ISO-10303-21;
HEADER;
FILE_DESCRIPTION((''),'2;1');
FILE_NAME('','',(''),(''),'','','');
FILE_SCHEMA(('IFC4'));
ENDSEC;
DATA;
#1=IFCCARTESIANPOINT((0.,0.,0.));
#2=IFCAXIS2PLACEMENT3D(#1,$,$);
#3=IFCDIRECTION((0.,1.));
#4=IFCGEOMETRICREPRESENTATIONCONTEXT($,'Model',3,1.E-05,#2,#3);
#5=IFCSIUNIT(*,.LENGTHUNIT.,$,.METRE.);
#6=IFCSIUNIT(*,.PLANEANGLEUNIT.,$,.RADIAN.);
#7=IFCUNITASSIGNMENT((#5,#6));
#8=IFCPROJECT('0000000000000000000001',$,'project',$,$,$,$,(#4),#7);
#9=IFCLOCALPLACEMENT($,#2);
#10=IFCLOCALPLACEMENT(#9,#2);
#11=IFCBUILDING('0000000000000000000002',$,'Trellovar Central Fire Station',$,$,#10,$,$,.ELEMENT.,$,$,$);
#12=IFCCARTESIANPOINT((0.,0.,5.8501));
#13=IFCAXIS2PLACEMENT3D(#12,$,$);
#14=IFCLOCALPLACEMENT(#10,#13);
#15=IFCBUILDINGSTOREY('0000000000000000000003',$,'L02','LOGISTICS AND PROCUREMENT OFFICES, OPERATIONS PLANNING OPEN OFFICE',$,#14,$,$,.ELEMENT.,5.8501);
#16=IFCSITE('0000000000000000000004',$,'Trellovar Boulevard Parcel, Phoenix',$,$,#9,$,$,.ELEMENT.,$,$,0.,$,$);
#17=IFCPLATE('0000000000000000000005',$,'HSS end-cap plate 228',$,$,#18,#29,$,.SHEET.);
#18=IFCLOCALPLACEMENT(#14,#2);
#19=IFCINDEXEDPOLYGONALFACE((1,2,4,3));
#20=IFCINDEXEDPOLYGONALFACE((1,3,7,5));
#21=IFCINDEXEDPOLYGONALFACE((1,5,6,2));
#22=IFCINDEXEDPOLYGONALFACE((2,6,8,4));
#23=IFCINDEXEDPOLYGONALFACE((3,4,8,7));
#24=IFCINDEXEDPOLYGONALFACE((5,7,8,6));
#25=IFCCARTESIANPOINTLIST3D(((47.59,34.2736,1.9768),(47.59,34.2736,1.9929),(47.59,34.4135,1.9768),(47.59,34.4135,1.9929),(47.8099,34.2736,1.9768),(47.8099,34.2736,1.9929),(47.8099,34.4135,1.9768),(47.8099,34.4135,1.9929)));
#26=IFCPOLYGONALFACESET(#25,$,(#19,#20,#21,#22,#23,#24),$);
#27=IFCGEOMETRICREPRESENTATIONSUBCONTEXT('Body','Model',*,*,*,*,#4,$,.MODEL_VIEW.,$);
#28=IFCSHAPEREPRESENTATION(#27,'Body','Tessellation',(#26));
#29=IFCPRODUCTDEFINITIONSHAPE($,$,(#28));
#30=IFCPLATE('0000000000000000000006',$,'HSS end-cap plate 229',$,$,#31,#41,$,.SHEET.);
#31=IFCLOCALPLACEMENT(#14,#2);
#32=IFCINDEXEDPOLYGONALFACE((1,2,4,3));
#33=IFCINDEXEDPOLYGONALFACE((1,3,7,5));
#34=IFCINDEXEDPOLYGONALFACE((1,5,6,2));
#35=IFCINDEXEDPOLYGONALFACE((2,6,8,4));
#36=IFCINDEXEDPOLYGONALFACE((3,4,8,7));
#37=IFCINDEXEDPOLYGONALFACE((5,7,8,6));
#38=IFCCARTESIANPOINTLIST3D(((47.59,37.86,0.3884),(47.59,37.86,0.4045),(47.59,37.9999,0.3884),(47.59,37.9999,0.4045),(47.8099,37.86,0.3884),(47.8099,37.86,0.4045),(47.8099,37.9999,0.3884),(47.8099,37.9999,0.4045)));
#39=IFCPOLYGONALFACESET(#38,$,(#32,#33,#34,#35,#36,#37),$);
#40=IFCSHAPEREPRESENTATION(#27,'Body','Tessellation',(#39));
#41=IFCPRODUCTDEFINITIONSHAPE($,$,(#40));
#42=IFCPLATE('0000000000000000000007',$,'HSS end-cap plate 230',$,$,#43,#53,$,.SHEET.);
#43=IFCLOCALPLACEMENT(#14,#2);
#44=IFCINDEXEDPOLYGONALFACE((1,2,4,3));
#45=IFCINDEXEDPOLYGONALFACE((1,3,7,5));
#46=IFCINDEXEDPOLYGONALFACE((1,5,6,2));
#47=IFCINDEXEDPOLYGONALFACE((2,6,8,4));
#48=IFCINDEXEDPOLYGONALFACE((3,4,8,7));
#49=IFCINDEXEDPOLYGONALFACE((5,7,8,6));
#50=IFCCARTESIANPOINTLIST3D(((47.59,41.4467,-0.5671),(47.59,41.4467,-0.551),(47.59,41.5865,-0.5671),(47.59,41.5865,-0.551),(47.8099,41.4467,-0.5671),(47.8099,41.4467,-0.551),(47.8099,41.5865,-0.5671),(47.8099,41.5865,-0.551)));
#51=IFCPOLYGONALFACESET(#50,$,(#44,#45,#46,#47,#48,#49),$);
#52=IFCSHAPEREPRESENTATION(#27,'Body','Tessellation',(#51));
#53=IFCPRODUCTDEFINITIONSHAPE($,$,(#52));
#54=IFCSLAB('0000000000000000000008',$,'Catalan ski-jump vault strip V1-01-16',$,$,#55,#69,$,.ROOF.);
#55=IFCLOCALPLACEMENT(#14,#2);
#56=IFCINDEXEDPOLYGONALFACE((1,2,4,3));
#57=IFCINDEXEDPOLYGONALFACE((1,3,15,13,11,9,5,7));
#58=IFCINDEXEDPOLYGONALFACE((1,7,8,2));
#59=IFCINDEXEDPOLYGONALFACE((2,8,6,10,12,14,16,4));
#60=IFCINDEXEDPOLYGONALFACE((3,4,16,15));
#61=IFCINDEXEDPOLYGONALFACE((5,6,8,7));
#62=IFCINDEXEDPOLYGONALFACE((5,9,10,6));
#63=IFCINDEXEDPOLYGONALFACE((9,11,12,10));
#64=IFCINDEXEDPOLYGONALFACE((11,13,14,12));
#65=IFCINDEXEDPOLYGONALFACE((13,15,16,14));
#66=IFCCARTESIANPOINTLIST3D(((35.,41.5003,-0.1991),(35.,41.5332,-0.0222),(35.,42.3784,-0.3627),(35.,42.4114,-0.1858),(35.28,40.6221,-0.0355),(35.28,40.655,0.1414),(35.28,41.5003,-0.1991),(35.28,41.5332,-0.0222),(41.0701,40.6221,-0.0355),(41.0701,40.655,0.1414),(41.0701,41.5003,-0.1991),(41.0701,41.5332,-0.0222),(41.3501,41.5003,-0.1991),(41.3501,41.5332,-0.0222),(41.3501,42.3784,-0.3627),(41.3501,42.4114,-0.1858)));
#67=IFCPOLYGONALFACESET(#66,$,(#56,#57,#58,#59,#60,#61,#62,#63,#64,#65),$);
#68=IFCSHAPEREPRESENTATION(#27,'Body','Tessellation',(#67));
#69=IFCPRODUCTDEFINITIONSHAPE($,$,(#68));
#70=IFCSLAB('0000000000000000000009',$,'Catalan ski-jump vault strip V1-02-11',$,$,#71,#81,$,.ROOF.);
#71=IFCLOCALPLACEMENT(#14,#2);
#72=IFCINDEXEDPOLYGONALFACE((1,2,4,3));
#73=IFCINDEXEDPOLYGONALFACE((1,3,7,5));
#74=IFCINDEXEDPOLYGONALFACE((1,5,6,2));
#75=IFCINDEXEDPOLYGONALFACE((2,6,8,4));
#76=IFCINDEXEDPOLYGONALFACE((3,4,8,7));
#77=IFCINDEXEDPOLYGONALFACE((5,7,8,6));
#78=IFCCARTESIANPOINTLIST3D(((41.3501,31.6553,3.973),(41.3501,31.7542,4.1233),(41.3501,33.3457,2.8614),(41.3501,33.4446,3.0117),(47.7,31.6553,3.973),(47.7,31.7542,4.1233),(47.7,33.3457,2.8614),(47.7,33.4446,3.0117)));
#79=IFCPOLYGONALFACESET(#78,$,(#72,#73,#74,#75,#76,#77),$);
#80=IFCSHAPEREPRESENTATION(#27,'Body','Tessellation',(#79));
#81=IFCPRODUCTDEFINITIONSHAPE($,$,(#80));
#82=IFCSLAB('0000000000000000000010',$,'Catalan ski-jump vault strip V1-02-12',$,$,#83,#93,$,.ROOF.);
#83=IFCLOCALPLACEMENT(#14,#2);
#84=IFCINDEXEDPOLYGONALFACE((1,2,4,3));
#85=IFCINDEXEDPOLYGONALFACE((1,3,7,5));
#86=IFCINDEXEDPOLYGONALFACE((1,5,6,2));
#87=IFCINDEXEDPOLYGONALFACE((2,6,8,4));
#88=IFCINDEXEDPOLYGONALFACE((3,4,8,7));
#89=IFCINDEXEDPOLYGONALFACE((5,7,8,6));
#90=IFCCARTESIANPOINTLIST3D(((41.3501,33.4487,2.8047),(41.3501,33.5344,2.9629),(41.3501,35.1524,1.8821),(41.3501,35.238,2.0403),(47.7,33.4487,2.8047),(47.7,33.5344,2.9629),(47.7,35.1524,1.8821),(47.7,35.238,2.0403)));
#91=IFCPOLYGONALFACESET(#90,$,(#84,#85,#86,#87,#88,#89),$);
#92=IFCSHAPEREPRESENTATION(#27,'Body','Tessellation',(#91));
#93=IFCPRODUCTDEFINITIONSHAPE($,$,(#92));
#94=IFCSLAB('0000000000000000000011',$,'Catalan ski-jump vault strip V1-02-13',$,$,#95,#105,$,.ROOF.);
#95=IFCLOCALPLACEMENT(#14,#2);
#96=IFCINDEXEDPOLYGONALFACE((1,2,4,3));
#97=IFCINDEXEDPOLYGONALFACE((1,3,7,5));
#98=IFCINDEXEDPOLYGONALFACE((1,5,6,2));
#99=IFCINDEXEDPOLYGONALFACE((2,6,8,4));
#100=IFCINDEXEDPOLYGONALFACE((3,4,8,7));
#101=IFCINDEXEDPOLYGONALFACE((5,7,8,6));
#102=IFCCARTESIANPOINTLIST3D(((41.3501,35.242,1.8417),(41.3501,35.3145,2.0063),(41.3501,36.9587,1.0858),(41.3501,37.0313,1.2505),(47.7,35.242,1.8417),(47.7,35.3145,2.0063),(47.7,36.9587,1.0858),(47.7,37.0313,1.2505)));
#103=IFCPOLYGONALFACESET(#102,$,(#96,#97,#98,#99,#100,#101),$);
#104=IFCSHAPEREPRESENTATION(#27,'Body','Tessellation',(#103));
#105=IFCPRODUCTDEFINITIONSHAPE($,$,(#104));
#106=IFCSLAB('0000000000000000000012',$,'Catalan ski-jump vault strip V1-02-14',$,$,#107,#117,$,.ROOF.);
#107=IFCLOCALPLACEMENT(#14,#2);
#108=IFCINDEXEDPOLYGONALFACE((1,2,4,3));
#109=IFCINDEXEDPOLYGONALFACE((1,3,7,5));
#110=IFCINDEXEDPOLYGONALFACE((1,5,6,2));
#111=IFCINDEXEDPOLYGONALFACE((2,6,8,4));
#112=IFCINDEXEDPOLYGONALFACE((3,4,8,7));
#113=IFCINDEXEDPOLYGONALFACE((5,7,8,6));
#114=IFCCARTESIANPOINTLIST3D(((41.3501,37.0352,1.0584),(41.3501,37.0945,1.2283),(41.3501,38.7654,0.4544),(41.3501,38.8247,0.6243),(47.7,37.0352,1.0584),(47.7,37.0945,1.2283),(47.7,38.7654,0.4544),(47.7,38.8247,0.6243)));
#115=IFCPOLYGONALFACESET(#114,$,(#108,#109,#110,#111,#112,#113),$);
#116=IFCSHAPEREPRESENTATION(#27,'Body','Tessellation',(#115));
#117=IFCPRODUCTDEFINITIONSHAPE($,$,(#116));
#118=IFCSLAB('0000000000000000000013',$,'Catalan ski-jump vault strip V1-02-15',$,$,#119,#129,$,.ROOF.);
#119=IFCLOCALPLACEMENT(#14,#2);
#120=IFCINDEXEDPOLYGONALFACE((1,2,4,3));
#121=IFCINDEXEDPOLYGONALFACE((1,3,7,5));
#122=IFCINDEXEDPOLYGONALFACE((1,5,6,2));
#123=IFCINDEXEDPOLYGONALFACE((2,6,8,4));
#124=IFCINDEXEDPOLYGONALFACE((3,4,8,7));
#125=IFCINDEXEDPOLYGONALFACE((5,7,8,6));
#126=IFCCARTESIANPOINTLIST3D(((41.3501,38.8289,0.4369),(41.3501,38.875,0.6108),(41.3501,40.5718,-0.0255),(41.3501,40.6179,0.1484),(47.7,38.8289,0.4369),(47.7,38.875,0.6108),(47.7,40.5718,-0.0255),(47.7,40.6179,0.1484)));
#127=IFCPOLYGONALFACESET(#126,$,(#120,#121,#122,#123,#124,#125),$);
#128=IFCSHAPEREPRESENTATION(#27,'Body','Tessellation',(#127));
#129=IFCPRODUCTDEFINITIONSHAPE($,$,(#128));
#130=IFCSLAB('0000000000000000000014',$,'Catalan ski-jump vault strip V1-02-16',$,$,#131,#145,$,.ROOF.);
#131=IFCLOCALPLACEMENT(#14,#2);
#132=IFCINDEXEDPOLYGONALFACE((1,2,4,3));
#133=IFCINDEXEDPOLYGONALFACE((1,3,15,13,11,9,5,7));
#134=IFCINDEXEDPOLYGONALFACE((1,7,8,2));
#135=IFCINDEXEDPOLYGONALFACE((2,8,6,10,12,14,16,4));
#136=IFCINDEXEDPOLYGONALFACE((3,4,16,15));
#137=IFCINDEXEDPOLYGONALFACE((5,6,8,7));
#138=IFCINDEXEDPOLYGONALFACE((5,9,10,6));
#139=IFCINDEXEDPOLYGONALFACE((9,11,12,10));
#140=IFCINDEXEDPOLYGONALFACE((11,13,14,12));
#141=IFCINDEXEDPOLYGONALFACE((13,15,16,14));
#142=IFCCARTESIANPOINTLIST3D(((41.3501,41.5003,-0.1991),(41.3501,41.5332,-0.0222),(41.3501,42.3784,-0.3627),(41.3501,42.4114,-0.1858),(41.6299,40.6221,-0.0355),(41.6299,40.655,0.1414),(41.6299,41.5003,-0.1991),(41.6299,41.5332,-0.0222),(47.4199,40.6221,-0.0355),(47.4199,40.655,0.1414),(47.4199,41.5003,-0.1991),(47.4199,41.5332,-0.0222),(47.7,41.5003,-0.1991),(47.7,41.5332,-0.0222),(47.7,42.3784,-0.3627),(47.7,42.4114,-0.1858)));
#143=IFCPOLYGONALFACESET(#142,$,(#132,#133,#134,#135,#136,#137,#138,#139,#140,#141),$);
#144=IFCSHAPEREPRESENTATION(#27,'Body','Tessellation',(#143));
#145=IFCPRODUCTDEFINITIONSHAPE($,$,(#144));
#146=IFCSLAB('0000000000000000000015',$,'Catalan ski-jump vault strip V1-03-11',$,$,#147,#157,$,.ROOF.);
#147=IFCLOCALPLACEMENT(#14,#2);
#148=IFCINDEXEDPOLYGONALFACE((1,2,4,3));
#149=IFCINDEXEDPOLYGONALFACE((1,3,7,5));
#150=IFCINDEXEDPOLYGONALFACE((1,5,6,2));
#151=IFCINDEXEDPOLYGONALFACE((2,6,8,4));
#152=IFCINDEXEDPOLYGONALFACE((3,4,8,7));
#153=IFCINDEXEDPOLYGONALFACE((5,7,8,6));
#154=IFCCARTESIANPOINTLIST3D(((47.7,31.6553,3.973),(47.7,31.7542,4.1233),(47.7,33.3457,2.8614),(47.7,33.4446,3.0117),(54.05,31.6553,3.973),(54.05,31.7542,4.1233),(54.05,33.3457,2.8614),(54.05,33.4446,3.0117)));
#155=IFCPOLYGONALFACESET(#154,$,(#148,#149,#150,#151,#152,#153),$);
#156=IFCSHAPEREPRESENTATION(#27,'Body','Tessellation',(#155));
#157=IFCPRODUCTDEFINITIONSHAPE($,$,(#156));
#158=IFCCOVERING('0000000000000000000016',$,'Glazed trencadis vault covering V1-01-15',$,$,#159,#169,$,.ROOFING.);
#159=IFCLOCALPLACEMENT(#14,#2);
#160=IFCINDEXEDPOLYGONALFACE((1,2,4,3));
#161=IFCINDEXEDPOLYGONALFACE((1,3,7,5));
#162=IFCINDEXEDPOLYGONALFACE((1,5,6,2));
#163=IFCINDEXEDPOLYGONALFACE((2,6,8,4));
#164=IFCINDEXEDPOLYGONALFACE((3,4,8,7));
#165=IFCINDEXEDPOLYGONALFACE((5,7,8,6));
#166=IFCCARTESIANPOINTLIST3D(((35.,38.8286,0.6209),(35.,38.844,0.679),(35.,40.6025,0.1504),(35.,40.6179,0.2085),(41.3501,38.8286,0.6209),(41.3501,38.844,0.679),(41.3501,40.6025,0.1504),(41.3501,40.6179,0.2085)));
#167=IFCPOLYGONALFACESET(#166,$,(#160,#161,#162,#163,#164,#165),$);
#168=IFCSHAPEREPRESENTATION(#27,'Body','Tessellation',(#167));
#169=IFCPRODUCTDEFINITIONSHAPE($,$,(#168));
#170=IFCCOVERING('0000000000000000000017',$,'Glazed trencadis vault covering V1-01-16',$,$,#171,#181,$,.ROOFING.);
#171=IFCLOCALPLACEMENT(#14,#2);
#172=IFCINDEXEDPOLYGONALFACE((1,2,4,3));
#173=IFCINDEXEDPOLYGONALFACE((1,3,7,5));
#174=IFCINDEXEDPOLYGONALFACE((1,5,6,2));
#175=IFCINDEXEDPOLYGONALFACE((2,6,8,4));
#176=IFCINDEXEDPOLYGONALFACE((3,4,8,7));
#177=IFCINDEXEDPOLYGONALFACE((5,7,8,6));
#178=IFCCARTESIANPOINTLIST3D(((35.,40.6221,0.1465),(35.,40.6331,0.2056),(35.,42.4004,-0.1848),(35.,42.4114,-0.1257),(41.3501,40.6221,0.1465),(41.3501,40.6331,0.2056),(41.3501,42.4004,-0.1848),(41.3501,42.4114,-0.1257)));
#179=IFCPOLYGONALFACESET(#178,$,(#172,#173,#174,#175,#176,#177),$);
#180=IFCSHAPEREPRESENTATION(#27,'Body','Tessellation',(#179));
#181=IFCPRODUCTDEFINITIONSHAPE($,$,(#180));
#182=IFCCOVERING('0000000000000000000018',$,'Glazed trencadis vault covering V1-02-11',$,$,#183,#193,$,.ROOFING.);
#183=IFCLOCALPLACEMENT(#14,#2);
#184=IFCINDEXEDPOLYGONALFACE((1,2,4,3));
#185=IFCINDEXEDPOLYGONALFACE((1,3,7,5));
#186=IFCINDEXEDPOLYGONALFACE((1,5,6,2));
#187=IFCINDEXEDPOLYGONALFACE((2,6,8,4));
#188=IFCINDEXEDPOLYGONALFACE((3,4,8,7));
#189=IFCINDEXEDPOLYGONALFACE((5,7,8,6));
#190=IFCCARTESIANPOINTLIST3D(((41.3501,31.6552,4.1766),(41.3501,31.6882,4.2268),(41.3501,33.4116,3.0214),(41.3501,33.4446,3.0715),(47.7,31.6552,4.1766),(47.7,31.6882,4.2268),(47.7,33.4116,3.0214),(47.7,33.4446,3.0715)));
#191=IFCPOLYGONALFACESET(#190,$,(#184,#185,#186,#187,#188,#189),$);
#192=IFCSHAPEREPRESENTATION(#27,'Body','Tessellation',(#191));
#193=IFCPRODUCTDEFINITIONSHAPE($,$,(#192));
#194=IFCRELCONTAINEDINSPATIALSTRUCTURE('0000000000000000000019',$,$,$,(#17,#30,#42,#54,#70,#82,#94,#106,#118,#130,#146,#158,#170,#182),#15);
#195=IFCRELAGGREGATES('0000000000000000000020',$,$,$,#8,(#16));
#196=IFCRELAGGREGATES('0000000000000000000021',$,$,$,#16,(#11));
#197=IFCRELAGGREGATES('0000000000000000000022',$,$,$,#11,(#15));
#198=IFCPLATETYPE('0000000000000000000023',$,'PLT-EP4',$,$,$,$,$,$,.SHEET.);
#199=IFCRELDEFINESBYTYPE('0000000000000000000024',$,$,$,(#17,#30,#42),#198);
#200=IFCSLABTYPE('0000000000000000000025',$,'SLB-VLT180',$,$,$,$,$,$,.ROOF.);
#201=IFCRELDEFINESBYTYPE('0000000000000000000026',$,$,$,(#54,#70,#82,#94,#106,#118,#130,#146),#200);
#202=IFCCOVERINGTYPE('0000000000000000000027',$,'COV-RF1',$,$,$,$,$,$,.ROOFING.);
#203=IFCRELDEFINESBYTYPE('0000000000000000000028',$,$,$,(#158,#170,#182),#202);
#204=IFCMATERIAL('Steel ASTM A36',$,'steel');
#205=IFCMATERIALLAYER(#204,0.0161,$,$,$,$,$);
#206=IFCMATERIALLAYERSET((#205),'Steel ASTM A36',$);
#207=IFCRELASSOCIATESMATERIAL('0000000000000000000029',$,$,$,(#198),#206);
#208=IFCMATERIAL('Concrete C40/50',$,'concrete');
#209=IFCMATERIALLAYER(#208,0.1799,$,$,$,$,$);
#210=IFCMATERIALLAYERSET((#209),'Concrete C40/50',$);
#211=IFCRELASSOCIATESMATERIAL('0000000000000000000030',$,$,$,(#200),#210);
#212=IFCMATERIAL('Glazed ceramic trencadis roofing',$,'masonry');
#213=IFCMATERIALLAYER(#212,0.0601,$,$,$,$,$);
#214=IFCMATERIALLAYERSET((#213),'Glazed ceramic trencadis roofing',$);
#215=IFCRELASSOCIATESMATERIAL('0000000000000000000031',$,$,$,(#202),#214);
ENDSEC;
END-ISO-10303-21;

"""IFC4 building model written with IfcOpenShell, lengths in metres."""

from ifc_helpers import new_model, si_unit, direction, frame, origin, origin_2d, place, context, subcontext, project, spatial, polyline, rectangle, outline, extrude, material, layer, layer_set, type_object, element, save


model = new_model("IFC4")

# Units and contexts
model_context = context("Model", 3, precision=1e-05, world=origin(), true_north=direction((0.0, 1.0)))
body_context = subcontext(model_context, "Body", "Model", "MODEL_VIEW")
ifc_project = project(units=[si_unit("LENGTHUNIT", "METRE"), si_unit("PLANEANGLEUNIT", "RADIAN")], contexts=[model_context])

# Site, building, storey
site_placement = place(None, origin())
site = spatial("IfcSite", under=ifc_project, at=site_placement, Name="Trellovar Boulevard Parcel, Phoenix", CompositionType="ELEMENT", RefElevation=0.0)
building_placement = place(site_placement, origin())
building = spatial("IfcBuilding", under=site, at=building_placement, Name="Trellovar Central Fire Station", CompositionType="ELEMENT")
storey_placement = place(building_placement, frame((0.0, 0.0, 5.8501)))
storey = spatial("IfcBuildingStorey", under=building, at=storey_placement, Name="L02", Description="LOGISTICS AND PROCUREMENT OFFICES, OPERATIONS PLANNING OPEN OFFICE", CompositionType="ELEMENT", Elevation=5.8501)

# Plates
ifc_material_1 = material(Name="Steel ASTM A36", Category="steel")
ifc_layer_1 = layer(ifc_material_1, 0.0161)
ifc_layer_set_1 = layer_set([ifc_layer_1], Name="Steel ASTM A36")
plate_type_1 = type_object("IfcPlateType", Name="PLT-EP4", PredefinedType="SHEET", material=ifc_layer_set_1)
for number, where, z_axis, x_axis, name in (
    (1, (47.7, 34.3435, 1.9768), (0.0, 0.0, 1.0), (1.0, 0.0, 0.0), "HSS end-cap plate 228"),
    (2, (47.7, 37.9299, 0.3884), (0.0, 0.0, 1.0), (1.0, 0.0, 0.0), "HSS end-cap plate 229"),
    (3, (47.7, 41.5166, -0.5671), (0.0, 0.0, 1.0), (1.0, 0.0, 0.0), "HSS end-cap plate 230"),
):
    element("IfcPlate", number, at=place(storey_placement, frame(where, z_axis=z_axis, x_axis=x_axis)), inside=storey, type_object=plate_type_1, Name=name, PredefinedType="SHEET", context=body_context, shape_type="SweptSolid", body=[
        extrude(rectangle(XDim=0.22, YDim=0.1399, at=origin_2d()), origin(), (0.0, 0.0, 1.0), 0.0161),
    ])

# Slabs
ifc_material_2 = material(Name="Concrete C40/50", Category="concrete")
ifc_layer_2 = layer(ifc_material_2, 0.1799)
ifc_layer_set_2 = layer_set([ifc_layer_2], Name="Concrete C40/50")
slab_type = type_object("IfcSlabType", Name="SLB-VLT180", PredefinedType="ROOF", material=ifc_layer_set_2)
slab_1_placement = place(storey_placement, frame((35.28, 40.655, 0.1414), z_axis=(0.0, 0.183117, 0.983091), x_axis=(1.0, 0.0, 0.0)))
element("IfcSlab", 4, at=slab_1_placement, inside=storey, type_object=slab_type, Name="Catalan ski-jump vault strip V1-01-16", PredefinedType="ROOF", context=body_context, shape_type="SweptSolid", body=[
    extrude(outline(polyline([(0.0, 0.0), (5.79, 0.0), (5.79, 0.8933), (6.0701, 0.8933), (6.0701, 1.7866), (-0.28, 1.7866), (-0.28, 0.8933), (0.0, 0.8933), (0.0, 0.0)])), origin(), (0.0, 0.0, -1.0), 0.1799),
])
slab_2_placement = place(storey_placement, frame((41.3501, 31.7542, 4.1233), z_axis=(0.0, 0.549426, 0.835542), x_axis=(1.0, 0.0, 0.0)))
element("IfcSlab", 5, at=slab_2_placement, inside=storey, type_object=slab_type, Name="Catalan ski-jump vault strip V1-02-11", PredefinedType="ROOF", context=body_context, shape_type="SweptSolid", body=[
    extrude(outline(polyline([(0.0, 0.0), (6.3499, 0.0), (6.3499, 2.0232), (0.0, 2.0232), (0.0, 0.0)])), origin(), (0.0, 0.0, -1.0), 0.1799),
])
slab_3_placement = place(storey_placement, frame((41.3501, 33.5344, 2.9629), z_axis=(0.0, 0.47621, 0.879332), x_axis=(1.0, 0.0, 0.0)))
element("IfcSlab", 6, at=slab_3_placement, inside=storey, type_object=slab_type, Name="Catalan ski-jump vault strip V1-02-12", PredefinedType="ROOF", context=body_context, shape_type="SweptSolid", body=[
    extrude(outline(polyline([(0.0, 0.0), (6.3499, 0.0), (6.3499, 1.9374), (0.0, 1.9374), (0.0, 0.0)])), origin(), (0.0, 0.0, -1.0), 0.1799),
])
slab_4_placement = place(storey_placement, frame((41.3501, 35.3145, 2.0063), z_axis=(0.0, 0.402948, 0.915223), x_axis=(1.0, 0.0, 0.0)))
element("IfcSlab", 7, at=slab_4_placement, inside=storey, type_object=slab_type, Name="Catalan ski-jump vault strip V1-02-13", PredefinedType="ROOF", context=body_context, shape_type="SweptSolid", body=[
    extrude(outline(polyline([(0.0, 0.0), (6.3499, 0.0), (6.3499, 1.8758), (0.0, 1.8758), (0.0, 0.0)])), origin(), (0.0, 0.0, -1.0), 0.1799),
])
slab_5_placement = place(storey_placement, frame((41.3501, 37.0945, 1.2283), z_axis=(0.0, 0.329585, 0.944126), x_axis=(1.0, 0.0, 0.0)))
element("IfcSlab", 8, at=slab_5_placement, inside=storey, type_object=slab_type, Name="Catalan ski-jump vault strip V1-02-14", PredefinedType="ROOF", context=body_context, shape_type="SweptSolid", body=[
    extrude(outline(polyline([(0.0, 0.0), (6.3499, 0.0), (6.3499, 1.8326), (0.0, 1.8326), (0.0, 0.0)])), origin(), (0.0, 0.0, -1.0), 0.1799),
])
slab_6_placement = place(storey_placement, frame((41.3501, 38.875, 0.6108), z_axis=(0.0, 0.256432, 0.966562), x_axis=(1.0, 0.0, 0.0)))
element("IfcSlab", 9, at=slab_6_placement, inside=storey, type_object=slab_type, Name="Catalan ski-jump vault strip V1-02-15", PredefinedType="ROOF", context=body_context, shape_type="SweptSolid", body=[
    extrude(outline(polyline([(0.0, 0.0), (6.3499, 0.0), (6.3499, 1.8032), (0.0, 1.8032), (0.0, 0.0)])), origin(), (0.0, 0.0, -1.0), 0.1799),
])
slab_7_placement = place(storey_placement, frame((41.6299, 40.655, 0.1414), z_axis=(0.0, 0.183117, 0.983091), x_axis=(1.0, 0.0, 0.0)))
element("IfcSlab", 10, at=slab_7_placement, inside=storey, type_object=slab_type, Name="Catalan ski-jump vault strip V1-02-16", PredefinedType="ROOF", context=body_context, shape_type="SweptSolid", body=[
    extrude(outline(polyline([(0.0, 0.0), (5.79, 0.0), (5.79, 0.8933), (6.0701, 0.8933), (6.0701, 1.7866), (-0.2798, 1.7866), (-0.2798, 0.8933), (0.0, 0.8933), (0.0, 0.0)])), origin(), (0.0, 0.0, -1.0), 0.1799),
])
slab_8_placement = place(storey_placement, frame((47.7, 31.7542, 4.1233), z_axis=(0.0, 0.549426, 0.835542), x_axis=(1.0, 0.0, 0.0)))
element("IfcSlab", 11, at=slab_8_placement, inside=storey, type_object=slab_type, Name="Catalan ski-jump vault strip V1-03-11", PredefinedType="ROOF", context=body_context, shape_type="SweptSolid", body=[
    extrude(outline(polyline([(0.0, 0.0), (6.3501, 0.0), (6.3501, 2.0232), (0.0, 2.0232), (0.0, 0.0)])), origin(), (0.0, 0.0, -1.0), 0.1799),
])

# Coverings
ifc_material_3 = material(Name="Glazed ceramic trencadis roofing", Category="masonry")
ifc_layer_3 = layer(ifc_material_3, 0.0601)
ifc_layer_set_3 = layer_set([ifc_layer_3], Name="Glazed ceramic trencadis roofing")
covering_type = type_object("IfcCoveringType", Name="COV-RF1", PredefinedType="ROOFING", material=ifc_layer_set_3)
covering_1_placement = place(storey_placement, frame((35.0, 38.844, 0.679), z_axis=(0.0, 0.256346, 0.966585), x_axis=(1.0, 0.0, 0.0)))
element("IfcCovering", 12, at=covering_1_placement, inside=storey, type_object=covering_type, Name="Glazed trencadis vault covering V1-01-15", PredefinedType="ROOFING", context=body_context, shape_type="SweptSolid", body=[
    extrude(outline(polyline([(0.0, 0.0), (6.3501, 0.0), (6.3501, 1.8353), (0.0, 1.8353), (0.0, 0.0)])), origin(), (0.0, 0.0, -1.0), 0.0601),
])
covering_2_placement = place(storey_placement, frame((35.0, 40.6331, 0.2056), z_axis=(0.0, 0.183148, 0.983085), x_axis=(1.0, 0.0, 0.0)))
element("IfcCovering", 13, at=covering_2_placement, inside=storey, type_object=covering_type, Name="Glazed trencadis vault covering V1-01-16", PredefinedType="ROOFING", context=body_context, shape_type="SweptSolid", body=[
    extrude(outline(polyline([(0.0, 0.0), (6.3501, 0.0), (6.3501, 1.8089), (0.0, 1.8089), (0.0, 0.0)])), origin(), (0.0, 0.0, -1.0), 0.0601),
])
covering_3_placement = place(storey_placement, frame((41.3501, 31.6882, 4.2268), z_axis=(0.0, 0.549544, 0.835465), x_axis=(1.0, 0.0, 0.0)))
element("IfcCovering", 14, at=covering_3_placement, inside=storey, type_object=covering_type, Name="Glazed trencadis vault covering V1-02-11", PredefinedType="ROOFING", context=body_context, shape_type="SweptSolid", body=[
    extrude(outline(polyline([(0.0, 0.0), (6.3499, 0.0), (6.3499, 2.1022), (0.0, 2.1022), (0.0, 0.0)])), origin(), (0.0, 0.0, -1.0), 0.0601),
])

save(model, "model.ifc")
